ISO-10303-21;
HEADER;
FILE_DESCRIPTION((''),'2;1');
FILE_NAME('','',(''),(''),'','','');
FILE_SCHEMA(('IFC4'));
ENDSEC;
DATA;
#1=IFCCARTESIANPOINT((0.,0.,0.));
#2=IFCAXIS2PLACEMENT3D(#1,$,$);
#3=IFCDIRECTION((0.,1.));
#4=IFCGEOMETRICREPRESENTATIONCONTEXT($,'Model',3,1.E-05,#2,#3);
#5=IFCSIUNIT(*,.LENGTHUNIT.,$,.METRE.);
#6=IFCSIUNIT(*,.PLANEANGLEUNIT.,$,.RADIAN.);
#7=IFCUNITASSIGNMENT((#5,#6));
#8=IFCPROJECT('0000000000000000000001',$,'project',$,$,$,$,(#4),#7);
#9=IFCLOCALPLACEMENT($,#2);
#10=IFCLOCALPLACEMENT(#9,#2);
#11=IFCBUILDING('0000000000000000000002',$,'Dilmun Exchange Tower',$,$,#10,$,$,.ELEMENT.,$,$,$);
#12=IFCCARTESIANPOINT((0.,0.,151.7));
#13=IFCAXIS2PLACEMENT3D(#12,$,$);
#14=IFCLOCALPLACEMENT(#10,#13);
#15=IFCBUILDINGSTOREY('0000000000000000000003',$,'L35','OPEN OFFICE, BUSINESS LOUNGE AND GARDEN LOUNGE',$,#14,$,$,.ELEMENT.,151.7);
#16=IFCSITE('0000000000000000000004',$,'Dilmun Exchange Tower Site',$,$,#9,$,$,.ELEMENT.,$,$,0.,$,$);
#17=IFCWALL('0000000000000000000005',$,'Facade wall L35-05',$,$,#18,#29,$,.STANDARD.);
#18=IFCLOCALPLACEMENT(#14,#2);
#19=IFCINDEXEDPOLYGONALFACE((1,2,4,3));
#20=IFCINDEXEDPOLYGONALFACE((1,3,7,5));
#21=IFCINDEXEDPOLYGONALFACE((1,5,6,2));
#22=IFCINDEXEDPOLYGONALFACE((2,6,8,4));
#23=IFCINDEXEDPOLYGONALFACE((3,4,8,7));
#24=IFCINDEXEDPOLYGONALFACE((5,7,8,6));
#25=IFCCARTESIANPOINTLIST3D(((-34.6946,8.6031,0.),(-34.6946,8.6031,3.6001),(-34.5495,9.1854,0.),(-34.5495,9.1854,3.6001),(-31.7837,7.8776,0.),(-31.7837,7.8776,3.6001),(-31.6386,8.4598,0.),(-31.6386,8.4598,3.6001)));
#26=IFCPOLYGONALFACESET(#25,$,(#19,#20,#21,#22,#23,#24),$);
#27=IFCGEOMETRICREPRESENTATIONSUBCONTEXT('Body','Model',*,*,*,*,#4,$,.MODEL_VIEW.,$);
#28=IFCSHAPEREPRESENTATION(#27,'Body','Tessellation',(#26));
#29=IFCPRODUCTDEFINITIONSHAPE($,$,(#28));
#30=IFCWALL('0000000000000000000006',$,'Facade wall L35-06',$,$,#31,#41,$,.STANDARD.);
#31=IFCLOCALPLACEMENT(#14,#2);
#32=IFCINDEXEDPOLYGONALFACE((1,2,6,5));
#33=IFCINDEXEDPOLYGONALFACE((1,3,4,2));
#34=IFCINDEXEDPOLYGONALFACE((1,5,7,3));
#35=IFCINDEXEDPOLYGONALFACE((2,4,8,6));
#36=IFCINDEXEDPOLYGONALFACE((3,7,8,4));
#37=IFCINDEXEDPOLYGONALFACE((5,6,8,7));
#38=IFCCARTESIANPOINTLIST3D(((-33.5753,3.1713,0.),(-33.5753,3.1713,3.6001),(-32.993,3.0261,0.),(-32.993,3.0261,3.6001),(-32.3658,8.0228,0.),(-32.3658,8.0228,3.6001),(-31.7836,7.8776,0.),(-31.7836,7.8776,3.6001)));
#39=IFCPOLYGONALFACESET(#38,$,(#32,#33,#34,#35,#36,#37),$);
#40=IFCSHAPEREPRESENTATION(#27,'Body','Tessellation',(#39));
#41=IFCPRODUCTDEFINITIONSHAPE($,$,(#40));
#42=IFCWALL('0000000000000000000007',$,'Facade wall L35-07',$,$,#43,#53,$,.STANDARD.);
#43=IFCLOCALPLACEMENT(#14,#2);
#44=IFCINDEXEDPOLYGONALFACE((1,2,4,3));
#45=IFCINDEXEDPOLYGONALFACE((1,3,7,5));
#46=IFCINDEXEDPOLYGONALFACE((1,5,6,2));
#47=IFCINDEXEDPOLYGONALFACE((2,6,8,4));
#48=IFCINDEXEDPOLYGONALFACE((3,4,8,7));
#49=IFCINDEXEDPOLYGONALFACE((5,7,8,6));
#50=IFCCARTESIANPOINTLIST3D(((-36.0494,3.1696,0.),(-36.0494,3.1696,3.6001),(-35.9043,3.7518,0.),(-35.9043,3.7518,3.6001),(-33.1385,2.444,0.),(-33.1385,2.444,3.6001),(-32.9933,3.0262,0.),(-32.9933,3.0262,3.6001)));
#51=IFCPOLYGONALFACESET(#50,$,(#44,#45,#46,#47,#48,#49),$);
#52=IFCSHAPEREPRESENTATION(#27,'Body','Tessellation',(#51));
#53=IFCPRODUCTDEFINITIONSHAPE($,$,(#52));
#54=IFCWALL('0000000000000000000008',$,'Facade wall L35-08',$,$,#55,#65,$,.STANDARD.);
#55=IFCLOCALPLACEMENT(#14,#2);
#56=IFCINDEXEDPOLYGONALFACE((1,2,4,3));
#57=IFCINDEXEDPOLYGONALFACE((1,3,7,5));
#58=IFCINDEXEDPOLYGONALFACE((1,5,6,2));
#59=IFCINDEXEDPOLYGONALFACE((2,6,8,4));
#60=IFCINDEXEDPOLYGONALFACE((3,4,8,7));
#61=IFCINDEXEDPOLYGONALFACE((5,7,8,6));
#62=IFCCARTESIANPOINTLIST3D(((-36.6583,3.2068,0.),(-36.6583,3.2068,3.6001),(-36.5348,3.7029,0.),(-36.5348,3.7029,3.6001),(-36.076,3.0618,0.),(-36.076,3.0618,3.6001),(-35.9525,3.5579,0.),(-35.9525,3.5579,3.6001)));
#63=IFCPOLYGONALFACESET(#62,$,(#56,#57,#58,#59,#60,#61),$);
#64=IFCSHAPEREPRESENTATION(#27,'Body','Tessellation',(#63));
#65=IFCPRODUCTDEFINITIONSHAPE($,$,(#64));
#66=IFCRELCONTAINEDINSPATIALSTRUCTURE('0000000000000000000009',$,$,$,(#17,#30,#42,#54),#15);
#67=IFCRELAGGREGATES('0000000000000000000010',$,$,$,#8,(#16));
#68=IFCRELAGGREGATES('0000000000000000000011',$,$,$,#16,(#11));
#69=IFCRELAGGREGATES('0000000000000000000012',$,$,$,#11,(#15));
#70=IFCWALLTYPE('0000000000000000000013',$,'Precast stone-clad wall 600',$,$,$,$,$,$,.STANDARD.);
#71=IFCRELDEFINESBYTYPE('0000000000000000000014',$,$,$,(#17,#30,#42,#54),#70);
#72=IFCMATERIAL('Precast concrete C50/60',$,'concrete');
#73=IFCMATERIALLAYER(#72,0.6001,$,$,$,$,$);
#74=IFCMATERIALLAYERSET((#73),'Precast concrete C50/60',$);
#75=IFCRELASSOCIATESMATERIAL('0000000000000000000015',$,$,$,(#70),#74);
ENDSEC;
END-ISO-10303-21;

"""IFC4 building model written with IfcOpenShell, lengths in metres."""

from ifc_helpers import new_model, si_unit, direction, frame, frame_2d, origin, place, context, subcontext, project, spatial, rectangle, extrude, material, layer, layer_set, type_object, element, save


model = new_model("IFC4")

# Units and contexts
model_context = context("Model", 3, precision=1e-05, world=origin(), true_north=direction((0.0, 1.0)))
body_context = subcontext(model_context, "Body", "Model", "MODEL_VIEW")
ifc_project = project(units=[si_unit("LENGTHUNIT", "METRE"), si_unit("PLANEANGLEUNIT", "RADIAN")], contexts=[model_context])

# Site, building, storey
site_placement = place(None, origin())
site = spatial("IfcSite", under=ifc_project, at=site_placement, Name="Dilmun Exchange Tower Site", CompositionType="ELEMENT", RefElevation=0.0)
building_placement = place(site_placement, origin())
building = spatial("IfcBuilding", under=site, at=building_placement, Name="Dilmun Exchange Tower", CompositionType="ELEMENT")
storey_placement = place(building_placement, frame((0.0, 0.0, 151.7)))
storey = spatial("IfcBuildingStorey", under=building, at=storey_placement, Name="L35", Description="OPEN OFFICE, BUSINESS LOUNGE AND GARDEN LOUNGE", CompositionType="ELEMENT", Elevation=151.7)

# Walls
ifc_material_1 = material(Name="Precast concrete C50/60", Category="concrete")
ifc_layer_1 = layer(ifc_material_1, 0.6001)
ifc_layer_set_1 = layer_set([ifc_layer_1], Name="Precast concrete C50/60")
wall_type_1 = type_object("IfcWallType", Name="Precast stone-clad wall 600", PredefinedType="STANDARD", material=ifc_layer_set_1)
wall_1_placement = place(storey_placement, frame((-34.6221, 8.8943, 0.0), z_axis=(0.0, 0.0, 1.0), x_axis=(0.97031, -0.241865, 0.0)))
element("IfcWall", 1, at=wall_1_placement, inside=storey, type_object=wall_type_1, Name="Facade wall L35-05", PredefinedType="STANDARD", context=body_context, shape_type="SweptSolid", body=[
    extrude(rectangle(XDim=3.0, YDim=0.6001, at=frame_2d((1.5, 0.0))), origin(), (0.0, 0.0, 1.0), 3.6001),
])
wall_2_placement = place(storey_placement, frame((-32.0747, 7.9502, 0.0), z_axis=(0.0, 0.0, 1.0), x_axis=(-0.241892, -0.970303, 0.0)))
element("IfcWall", 2, at=wall_2_placement, inside=storey, type_object=wall_type_1, Name="Facade wall L35-06", PredefinedType="STANDARD", context=body_context, shape_type="SweptSolid", body=[
    extrude(rectangle(XDim=5.0, YDim=0.6001, at=frame_2d((2.5, 0.0))), origin(), (0.0, 0.0, 1.0), 3.6001),
])
wall_3_placement = place(storey_placement, frame((-33.0659, 2.7351, 0.0), z_axis=(0.0, 0.0, 1.0), x_axis=(-0.97031, 0.241865, 0.0)))
element("IfcWall", 3, at=wall_3_placement, inside=storey, type_object=wall_type_1, Name="Facade wall L35-07", PredefinedType="STANDARD", context=body_context, shape_type="SweptSolid", body=[
    extrude(rectangle(XDim=3.0, YDim=0.6001, at=frame_2d((1.5, 0.0))), origin(), (0.0, 0.0, 1.0), 3.6001),
])
wall_4_placement = place(storey_placement, frame((-36.2437, 3.6304, 0.0), z_axis=(0.0, 0.0, 1.0), x_axis=(-0.241637, -0.970367, 0.0)))
element("IfcWall", 4, at=wall_4_placement, inside=storey, type_object=wall_type_1, Name="Facade wall L35-08", PredefinedType="STANDARD", context=body_context, shape_type="SweptSolid", body=[
    extrude(rectangle(XDim=0.5112, YDim=0.6001, at=frame_2d((0.2556, 0.0))), origin(), (0.0, 0.0, 1.0), 3.6001),
])

save(model, "model.ifc")
